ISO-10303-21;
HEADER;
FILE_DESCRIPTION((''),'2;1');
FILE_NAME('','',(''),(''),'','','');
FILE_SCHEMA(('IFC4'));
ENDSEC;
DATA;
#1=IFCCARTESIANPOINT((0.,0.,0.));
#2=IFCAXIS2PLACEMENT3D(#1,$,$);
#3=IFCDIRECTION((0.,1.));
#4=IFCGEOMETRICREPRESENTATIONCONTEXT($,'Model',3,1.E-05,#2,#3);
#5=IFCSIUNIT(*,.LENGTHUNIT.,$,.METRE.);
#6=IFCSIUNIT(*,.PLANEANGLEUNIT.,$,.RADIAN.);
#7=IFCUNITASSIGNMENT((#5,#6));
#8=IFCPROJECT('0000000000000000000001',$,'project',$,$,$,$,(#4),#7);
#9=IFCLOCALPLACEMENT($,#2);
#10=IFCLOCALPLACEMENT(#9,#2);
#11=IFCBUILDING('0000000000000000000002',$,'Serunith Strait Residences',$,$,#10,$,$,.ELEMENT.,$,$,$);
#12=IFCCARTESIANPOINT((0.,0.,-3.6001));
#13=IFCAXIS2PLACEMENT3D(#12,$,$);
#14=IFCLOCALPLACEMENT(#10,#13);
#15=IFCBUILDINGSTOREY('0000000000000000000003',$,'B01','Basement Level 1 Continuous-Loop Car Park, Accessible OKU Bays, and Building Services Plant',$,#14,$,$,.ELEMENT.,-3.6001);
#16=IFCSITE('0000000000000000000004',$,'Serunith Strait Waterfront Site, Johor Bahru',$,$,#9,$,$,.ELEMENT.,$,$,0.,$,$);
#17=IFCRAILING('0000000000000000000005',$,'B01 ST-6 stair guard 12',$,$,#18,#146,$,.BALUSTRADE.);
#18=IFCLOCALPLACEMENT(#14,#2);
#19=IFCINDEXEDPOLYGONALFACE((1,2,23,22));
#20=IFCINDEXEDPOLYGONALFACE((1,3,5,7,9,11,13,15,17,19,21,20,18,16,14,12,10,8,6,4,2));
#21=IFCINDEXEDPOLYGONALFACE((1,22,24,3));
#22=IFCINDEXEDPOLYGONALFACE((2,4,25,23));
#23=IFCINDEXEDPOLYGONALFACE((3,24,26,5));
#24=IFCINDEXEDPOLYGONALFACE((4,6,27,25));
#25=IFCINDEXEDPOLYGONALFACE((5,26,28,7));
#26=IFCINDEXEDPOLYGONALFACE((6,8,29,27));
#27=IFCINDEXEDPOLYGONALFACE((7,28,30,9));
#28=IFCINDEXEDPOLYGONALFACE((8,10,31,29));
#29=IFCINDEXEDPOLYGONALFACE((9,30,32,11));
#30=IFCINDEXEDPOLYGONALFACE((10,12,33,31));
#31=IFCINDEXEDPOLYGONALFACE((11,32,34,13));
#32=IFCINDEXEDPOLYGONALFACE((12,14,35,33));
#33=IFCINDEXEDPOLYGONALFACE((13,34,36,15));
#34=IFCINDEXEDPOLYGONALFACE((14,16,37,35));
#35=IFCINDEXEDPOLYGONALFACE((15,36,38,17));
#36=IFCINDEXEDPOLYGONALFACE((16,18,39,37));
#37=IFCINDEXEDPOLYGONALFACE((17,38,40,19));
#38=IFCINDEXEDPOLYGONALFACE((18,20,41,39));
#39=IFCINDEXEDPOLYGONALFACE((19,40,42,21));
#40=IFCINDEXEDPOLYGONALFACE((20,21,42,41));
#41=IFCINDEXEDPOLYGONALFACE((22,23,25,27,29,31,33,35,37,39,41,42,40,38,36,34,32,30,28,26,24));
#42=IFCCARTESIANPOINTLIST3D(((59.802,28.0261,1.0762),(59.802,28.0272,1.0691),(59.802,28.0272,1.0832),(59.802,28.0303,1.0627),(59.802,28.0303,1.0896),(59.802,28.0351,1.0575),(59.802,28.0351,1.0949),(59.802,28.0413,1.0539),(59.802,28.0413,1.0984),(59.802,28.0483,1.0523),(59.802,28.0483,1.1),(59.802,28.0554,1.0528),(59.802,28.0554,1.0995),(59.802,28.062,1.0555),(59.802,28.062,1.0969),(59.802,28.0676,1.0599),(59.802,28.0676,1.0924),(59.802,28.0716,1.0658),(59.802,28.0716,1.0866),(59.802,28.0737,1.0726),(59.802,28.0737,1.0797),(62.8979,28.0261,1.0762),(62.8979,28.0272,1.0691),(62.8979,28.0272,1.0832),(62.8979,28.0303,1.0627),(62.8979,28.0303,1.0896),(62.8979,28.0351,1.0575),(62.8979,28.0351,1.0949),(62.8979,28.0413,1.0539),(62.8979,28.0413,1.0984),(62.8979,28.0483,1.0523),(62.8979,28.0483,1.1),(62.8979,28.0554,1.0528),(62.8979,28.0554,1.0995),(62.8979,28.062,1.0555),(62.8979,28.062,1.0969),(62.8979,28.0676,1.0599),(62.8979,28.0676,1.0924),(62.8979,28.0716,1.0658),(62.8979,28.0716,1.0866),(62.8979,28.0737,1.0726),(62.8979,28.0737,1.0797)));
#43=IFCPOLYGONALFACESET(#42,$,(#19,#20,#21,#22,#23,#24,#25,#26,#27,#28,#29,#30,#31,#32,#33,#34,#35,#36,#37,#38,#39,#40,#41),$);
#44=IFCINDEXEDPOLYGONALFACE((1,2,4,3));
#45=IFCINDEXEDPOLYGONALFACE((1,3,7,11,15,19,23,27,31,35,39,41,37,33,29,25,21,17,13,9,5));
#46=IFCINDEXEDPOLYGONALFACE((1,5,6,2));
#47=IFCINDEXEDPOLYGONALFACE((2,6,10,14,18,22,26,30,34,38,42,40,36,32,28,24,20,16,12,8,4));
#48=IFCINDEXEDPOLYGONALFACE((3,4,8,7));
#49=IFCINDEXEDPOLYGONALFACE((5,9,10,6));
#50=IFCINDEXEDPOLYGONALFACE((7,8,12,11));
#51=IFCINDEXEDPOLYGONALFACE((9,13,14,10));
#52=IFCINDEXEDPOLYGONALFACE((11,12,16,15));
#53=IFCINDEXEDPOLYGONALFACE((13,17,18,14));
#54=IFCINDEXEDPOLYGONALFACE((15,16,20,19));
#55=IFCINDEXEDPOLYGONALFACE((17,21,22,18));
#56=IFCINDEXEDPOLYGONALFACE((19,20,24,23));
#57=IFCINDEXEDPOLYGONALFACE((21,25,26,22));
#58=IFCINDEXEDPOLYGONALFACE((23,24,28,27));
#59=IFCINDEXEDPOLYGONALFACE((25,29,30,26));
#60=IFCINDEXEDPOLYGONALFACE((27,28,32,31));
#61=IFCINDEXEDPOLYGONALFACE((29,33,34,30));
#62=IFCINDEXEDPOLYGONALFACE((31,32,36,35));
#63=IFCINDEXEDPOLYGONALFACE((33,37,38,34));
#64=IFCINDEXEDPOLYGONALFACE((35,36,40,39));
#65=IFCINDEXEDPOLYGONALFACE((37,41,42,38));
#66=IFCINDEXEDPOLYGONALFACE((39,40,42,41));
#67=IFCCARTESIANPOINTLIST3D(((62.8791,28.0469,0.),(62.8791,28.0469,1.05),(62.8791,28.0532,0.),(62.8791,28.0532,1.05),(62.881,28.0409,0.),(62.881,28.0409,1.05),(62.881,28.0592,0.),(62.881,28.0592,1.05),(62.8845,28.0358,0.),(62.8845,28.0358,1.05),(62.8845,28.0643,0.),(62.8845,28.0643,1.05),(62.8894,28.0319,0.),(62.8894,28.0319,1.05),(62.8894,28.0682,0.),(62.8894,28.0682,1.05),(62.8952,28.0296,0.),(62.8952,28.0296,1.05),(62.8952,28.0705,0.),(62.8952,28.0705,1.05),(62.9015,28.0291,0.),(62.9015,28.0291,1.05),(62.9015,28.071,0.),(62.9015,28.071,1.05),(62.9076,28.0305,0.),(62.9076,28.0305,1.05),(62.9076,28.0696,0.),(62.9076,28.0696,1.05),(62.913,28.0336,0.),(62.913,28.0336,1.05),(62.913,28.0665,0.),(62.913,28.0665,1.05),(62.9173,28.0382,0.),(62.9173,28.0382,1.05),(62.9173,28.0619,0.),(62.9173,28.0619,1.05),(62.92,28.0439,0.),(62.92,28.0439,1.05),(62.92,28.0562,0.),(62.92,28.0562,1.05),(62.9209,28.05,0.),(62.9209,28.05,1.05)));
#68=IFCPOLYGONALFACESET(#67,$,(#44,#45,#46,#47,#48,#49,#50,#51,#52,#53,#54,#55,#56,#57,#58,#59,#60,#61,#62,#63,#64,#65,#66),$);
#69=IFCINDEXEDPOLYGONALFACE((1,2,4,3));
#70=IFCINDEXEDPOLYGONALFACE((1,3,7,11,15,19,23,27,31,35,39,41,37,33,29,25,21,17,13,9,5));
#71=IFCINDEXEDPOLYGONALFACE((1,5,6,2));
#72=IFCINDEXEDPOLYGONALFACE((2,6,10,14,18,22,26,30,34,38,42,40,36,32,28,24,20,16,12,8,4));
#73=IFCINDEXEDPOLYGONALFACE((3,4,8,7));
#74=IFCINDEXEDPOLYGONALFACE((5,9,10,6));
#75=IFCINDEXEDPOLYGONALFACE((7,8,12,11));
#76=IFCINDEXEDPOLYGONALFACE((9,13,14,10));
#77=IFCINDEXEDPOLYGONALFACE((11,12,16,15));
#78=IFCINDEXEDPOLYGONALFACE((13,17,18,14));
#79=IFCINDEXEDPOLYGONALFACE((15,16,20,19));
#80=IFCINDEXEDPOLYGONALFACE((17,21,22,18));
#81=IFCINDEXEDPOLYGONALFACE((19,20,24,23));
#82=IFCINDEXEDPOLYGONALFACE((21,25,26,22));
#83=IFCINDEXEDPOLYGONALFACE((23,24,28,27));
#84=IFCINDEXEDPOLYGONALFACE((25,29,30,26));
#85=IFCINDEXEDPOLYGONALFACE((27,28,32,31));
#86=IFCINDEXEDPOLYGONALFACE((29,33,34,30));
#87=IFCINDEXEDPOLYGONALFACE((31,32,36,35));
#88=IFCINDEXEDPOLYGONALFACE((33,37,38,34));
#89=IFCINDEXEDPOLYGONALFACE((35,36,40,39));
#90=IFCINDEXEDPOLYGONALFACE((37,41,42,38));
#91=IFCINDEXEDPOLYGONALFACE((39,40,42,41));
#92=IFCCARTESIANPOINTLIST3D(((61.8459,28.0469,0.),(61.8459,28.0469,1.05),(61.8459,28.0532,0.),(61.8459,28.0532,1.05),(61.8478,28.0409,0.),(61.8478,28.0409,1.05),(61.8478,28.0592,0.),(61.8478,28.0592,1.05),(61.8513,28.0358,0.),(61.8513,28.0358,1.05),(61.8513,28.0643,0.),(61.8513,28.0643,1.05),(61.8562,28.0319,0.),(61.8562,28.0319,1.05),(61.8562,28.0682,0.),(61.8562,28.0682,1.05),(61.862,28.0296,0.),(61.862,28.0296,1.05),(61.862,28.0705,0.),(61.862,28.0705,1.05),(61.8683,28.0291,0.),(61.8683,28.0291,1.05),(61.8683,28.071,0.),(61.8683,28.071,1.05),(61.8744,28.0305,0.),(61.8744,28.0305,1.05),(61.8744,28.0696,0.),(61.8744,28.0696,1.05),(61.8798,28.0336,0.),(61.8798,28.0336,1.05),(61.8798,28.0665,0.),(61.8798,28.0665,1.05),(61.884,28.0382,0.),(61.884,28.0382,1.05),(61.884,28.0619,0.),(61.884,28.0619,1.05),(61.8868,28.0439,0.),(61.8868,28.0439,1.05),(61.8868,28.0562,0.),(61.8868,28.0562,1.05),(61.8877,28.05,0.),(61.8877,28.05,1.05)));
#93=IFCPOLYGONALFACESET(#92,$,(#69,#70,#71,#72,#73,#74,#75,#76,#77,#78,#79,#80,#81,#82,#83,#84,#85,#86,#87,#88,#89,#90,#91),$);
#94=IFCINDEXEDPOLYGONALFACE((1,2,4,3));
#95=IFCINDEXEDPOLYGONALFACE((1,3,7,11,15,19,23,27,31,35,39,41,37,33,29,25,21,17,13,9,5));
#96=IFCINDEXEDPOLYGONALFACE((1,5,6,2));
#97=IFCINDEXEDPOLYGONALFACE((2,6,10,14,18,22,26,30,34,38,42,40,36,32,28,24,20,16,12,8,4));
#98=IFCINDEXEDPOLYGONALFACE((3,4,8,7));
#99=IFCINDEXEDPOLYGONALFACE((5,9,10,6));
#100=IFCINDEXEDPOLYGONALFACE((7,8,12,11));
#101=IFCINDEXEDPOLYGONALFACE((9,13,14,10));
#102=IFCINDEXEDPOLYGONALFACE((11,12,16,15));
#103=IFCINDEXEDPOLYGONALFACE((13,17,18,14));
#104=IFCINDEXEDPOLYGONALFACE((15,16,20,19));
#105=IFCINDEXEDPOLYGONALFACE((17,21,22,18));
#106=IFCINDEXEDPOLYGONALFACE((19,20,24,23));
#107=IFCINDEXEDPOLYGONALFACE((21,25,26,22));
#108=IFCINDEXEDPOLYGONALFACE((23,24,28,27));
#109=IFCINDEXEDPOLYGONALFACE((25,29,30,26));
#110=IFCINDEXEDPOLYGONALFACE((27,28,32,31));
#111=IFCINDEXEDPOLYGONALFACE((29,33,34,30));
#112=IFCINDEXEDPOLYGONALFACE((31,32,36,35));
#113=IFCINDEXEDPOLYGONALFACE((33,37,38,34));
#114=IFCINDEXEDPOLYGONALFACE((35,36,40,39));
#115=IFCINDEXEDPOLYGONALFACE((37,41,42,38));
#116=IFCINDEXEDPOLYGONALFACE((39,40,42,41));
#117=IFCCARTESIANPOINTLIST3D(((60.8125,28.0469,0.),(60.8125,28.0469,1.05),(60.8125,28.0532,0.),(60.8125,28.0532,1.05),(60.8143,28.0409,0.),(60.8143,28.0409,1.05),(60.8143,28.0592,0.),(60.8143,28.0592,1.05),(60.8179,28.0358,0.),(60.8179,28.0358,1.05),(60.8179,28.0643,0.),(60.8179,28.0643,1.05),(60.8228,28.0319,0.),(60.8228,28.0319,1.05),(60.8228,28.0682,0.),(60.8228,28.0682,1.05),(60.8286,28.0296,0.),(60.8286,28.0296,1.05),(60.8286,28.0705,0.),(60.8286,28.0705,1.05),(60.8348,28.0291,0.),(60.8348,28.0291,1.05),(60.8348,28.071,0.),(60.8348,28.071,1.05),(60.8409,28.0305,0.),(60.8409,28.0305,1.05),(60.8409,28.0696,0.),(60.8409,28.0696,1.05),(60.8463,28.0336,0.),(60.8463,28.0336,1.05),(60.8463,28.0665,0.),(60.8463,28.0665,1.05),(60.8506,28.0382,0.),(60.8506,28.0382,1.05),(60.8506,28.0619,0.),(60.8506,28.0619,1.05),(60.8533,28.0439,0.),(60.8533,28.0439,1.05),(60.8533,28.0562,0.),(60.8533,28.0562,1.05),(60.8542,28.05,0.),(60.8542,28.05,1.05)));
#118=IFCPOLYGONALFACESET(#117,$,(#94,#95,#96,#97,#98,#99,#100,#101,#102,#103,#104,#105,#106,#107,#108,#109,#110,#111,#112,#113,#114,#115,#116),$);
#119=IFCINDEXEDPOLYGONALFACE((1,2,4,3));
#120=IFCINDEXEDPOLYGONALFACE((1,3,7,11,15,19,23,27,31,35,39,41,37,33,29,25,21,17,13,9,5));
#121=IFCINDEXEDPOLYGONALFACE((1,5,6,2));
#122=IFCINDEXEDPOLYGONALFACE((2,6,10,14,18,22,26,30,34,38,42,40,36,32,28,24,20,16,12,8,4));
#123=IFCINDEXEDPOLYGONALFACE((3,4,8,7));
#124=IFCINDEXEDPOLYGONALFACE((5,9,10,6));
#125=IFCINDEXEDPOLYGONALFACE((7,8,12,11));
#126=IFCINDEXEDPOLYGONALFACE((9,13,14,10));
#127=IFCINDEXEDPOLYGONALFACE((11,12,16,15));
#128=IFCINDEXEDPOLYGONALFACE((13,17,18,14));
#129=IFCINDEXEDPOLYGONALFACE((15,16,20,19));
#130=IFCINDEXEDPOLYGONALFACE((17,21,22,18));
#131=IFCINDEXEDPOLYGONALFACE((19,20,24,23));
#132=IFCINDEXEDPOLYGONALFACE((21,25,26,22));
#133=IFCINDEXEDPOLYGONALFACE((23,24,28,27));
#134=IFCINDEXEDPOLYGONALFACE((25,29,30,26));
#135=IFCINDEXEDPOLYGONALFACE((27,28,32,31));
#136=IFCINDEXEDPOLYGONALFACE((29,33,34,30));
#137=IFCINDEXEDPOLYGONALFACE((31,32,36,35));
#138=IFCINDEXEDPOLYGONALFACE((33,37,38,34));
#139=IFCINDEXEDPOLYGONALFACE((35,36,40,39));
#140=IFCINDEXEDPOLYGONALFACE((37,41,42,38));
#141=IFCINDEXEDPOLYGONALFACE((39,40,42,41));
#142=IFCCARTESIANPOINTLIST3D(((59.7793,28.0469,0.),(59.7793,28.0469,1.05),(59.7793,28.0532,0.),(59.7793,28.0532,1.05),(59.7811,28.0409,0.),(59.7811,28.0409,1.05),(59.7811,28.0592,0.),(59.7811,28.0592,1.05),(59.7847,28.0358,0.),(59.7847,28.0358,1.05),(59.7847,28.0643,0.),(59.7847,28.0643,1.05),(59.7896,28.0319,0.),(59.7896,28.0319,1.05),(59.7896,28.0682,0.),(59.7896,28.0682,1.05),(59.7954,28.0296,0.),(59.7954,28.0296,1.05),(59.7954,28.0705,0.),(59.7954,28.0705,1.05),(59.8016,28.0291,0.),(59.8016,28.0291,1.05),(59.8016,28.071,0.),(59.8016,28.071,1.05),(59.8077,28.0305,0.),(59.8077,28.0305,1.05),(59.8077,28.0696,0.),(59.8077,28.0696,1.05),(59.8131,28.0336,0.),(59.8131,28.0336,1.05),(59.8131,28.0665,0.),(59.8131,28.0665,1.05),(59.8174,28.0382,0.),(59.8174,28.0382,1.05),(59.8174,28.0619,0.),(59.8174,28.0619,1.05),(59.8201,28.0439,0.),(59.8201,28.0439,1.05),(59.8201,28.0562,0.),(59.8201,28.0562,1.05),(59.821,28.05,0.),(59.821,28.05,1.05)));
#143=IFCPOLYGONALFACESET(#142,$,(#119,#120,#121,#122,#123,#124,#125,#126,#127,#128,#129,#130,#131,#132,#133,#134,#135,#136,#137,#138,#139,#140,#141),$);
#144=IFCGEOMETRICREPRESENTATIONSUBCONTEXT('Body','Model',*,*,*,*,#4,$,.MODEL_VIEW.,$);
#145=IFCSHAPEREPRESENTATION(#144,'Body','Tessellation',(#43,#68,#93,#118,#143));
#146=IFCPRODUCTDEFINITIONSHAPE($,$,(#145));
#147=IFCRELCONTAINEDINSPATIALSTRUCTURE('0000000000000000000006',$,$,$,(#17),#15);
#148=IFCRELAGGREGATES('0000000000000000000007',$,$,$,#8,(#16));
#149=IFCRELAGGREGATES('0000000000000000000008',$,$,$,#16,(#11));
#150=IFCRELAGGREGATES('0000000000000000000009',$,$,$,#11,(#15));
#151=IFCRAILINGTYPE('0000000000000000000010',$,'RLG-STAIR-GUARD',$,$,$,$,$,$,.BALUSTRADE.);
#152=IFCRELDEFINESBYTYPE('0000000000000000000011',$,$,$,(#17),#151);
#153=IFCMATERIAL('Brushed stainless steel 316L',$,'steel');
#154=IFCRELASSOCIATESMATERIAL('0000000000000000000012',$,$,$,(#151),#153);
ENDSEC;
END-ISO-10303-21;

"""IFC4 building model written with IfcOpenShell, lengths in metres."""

from ifc_helpers import new_model, si_unit, direction, frame, origin, origin_2d, place, context, subcontext, project, spatial, circle, extrude, material, type_object, element, save


model = new_model("IFC4")

# Units and contexts
model_context = context("Model", 3, precision=1e-05, world=origin(), true_north=direction((0.0, 1.0)))
body_context = subcontext(model_context, "Body", "Model", "MODEL_VIEW")
ifc_project = project(units=[si_unit("LENGTHUNIT", "METRE"), si_unit("PLANEANGLEUNIT", "RADIAN")], contexts=[model_context])

# Site, building, storey
site_placement = place(None, origin())
site = spatial("IfcSite", under=ifc_project, at=site_placement, Name="Serunith Strait Waterfront Site, Johor Bahru", CompositionType="ELEMENT", RefElevation=0.0)
building_placement = place(site_placement, origin())
building = spatial("IfcBuilding", under=site, at=building_placement, Name="Serunith Strait Residences", CompositionType="ELEMENT")
storey_placement = place(building_placement, frame((0.0, 0.0, -3.6001)))
storey = spatial("IfcBuildingStorey", under=building, at=storey_placement, Name="B01", Description="Basement Level 1 Continuous-Loop Car Park, Accessible OKU Bays, and Building Services Plant", CompositionType="ELEMENT", Elevation=-3.6001)

# Railing
ifc_material_1 = material(Name="Brushed stainless steel 316L", Category="steel")
railing_type_1 = type_object("IfcRailingType", Name="RLG-STAIR-GUARD", PredefinedType="BALUSTRADE", material=ifc_material_1)
railing_1_placement = place(storey_placement, frame((62.8999, 28.05, 0.0)))
element("IfcRailing", 1, at=railing_1_placement, inside=storey, type_object=railing_type_1, Name="B01 ST-6 stair guard 12", PredefinedType="BALUSTRADE", context=body_context, shape_type="SweptSolid", body=[
    extrude(circle(Radius=0.0239, at=origin_2d()), frame((-0.002, 0.0, 1.0762), z_axis=(-1.0, 0.0, 0.0), x_axis=(0.0, -1.0, 0.0)), (0.0, 0.0, 1.0), 3.0959),
    extrude(circle(Radius=0.021, at=origin_2d()), origin(), (0.0, 0.0, 1.0), 1.05),
    extrude(circle(Radius=0.021, at=origin_2d()), frame((-1.0332, 0.0, 0.0)), (0.0, 0.0, 1.0), 1.05),
    extrude(circle(Radius=0.021, at=origin_2d()), frame((-2.0667, 0.0, 0.0)), (0.0, 0.0, 1.0), 1.05),
    extrude(circle(Radius=0.021, at=origin_2d()), frame((-3.0999, 0.0, 0.0)), (0.0, 0.0, 1.0), 1.05),
])

save(model, "model.ifc")
